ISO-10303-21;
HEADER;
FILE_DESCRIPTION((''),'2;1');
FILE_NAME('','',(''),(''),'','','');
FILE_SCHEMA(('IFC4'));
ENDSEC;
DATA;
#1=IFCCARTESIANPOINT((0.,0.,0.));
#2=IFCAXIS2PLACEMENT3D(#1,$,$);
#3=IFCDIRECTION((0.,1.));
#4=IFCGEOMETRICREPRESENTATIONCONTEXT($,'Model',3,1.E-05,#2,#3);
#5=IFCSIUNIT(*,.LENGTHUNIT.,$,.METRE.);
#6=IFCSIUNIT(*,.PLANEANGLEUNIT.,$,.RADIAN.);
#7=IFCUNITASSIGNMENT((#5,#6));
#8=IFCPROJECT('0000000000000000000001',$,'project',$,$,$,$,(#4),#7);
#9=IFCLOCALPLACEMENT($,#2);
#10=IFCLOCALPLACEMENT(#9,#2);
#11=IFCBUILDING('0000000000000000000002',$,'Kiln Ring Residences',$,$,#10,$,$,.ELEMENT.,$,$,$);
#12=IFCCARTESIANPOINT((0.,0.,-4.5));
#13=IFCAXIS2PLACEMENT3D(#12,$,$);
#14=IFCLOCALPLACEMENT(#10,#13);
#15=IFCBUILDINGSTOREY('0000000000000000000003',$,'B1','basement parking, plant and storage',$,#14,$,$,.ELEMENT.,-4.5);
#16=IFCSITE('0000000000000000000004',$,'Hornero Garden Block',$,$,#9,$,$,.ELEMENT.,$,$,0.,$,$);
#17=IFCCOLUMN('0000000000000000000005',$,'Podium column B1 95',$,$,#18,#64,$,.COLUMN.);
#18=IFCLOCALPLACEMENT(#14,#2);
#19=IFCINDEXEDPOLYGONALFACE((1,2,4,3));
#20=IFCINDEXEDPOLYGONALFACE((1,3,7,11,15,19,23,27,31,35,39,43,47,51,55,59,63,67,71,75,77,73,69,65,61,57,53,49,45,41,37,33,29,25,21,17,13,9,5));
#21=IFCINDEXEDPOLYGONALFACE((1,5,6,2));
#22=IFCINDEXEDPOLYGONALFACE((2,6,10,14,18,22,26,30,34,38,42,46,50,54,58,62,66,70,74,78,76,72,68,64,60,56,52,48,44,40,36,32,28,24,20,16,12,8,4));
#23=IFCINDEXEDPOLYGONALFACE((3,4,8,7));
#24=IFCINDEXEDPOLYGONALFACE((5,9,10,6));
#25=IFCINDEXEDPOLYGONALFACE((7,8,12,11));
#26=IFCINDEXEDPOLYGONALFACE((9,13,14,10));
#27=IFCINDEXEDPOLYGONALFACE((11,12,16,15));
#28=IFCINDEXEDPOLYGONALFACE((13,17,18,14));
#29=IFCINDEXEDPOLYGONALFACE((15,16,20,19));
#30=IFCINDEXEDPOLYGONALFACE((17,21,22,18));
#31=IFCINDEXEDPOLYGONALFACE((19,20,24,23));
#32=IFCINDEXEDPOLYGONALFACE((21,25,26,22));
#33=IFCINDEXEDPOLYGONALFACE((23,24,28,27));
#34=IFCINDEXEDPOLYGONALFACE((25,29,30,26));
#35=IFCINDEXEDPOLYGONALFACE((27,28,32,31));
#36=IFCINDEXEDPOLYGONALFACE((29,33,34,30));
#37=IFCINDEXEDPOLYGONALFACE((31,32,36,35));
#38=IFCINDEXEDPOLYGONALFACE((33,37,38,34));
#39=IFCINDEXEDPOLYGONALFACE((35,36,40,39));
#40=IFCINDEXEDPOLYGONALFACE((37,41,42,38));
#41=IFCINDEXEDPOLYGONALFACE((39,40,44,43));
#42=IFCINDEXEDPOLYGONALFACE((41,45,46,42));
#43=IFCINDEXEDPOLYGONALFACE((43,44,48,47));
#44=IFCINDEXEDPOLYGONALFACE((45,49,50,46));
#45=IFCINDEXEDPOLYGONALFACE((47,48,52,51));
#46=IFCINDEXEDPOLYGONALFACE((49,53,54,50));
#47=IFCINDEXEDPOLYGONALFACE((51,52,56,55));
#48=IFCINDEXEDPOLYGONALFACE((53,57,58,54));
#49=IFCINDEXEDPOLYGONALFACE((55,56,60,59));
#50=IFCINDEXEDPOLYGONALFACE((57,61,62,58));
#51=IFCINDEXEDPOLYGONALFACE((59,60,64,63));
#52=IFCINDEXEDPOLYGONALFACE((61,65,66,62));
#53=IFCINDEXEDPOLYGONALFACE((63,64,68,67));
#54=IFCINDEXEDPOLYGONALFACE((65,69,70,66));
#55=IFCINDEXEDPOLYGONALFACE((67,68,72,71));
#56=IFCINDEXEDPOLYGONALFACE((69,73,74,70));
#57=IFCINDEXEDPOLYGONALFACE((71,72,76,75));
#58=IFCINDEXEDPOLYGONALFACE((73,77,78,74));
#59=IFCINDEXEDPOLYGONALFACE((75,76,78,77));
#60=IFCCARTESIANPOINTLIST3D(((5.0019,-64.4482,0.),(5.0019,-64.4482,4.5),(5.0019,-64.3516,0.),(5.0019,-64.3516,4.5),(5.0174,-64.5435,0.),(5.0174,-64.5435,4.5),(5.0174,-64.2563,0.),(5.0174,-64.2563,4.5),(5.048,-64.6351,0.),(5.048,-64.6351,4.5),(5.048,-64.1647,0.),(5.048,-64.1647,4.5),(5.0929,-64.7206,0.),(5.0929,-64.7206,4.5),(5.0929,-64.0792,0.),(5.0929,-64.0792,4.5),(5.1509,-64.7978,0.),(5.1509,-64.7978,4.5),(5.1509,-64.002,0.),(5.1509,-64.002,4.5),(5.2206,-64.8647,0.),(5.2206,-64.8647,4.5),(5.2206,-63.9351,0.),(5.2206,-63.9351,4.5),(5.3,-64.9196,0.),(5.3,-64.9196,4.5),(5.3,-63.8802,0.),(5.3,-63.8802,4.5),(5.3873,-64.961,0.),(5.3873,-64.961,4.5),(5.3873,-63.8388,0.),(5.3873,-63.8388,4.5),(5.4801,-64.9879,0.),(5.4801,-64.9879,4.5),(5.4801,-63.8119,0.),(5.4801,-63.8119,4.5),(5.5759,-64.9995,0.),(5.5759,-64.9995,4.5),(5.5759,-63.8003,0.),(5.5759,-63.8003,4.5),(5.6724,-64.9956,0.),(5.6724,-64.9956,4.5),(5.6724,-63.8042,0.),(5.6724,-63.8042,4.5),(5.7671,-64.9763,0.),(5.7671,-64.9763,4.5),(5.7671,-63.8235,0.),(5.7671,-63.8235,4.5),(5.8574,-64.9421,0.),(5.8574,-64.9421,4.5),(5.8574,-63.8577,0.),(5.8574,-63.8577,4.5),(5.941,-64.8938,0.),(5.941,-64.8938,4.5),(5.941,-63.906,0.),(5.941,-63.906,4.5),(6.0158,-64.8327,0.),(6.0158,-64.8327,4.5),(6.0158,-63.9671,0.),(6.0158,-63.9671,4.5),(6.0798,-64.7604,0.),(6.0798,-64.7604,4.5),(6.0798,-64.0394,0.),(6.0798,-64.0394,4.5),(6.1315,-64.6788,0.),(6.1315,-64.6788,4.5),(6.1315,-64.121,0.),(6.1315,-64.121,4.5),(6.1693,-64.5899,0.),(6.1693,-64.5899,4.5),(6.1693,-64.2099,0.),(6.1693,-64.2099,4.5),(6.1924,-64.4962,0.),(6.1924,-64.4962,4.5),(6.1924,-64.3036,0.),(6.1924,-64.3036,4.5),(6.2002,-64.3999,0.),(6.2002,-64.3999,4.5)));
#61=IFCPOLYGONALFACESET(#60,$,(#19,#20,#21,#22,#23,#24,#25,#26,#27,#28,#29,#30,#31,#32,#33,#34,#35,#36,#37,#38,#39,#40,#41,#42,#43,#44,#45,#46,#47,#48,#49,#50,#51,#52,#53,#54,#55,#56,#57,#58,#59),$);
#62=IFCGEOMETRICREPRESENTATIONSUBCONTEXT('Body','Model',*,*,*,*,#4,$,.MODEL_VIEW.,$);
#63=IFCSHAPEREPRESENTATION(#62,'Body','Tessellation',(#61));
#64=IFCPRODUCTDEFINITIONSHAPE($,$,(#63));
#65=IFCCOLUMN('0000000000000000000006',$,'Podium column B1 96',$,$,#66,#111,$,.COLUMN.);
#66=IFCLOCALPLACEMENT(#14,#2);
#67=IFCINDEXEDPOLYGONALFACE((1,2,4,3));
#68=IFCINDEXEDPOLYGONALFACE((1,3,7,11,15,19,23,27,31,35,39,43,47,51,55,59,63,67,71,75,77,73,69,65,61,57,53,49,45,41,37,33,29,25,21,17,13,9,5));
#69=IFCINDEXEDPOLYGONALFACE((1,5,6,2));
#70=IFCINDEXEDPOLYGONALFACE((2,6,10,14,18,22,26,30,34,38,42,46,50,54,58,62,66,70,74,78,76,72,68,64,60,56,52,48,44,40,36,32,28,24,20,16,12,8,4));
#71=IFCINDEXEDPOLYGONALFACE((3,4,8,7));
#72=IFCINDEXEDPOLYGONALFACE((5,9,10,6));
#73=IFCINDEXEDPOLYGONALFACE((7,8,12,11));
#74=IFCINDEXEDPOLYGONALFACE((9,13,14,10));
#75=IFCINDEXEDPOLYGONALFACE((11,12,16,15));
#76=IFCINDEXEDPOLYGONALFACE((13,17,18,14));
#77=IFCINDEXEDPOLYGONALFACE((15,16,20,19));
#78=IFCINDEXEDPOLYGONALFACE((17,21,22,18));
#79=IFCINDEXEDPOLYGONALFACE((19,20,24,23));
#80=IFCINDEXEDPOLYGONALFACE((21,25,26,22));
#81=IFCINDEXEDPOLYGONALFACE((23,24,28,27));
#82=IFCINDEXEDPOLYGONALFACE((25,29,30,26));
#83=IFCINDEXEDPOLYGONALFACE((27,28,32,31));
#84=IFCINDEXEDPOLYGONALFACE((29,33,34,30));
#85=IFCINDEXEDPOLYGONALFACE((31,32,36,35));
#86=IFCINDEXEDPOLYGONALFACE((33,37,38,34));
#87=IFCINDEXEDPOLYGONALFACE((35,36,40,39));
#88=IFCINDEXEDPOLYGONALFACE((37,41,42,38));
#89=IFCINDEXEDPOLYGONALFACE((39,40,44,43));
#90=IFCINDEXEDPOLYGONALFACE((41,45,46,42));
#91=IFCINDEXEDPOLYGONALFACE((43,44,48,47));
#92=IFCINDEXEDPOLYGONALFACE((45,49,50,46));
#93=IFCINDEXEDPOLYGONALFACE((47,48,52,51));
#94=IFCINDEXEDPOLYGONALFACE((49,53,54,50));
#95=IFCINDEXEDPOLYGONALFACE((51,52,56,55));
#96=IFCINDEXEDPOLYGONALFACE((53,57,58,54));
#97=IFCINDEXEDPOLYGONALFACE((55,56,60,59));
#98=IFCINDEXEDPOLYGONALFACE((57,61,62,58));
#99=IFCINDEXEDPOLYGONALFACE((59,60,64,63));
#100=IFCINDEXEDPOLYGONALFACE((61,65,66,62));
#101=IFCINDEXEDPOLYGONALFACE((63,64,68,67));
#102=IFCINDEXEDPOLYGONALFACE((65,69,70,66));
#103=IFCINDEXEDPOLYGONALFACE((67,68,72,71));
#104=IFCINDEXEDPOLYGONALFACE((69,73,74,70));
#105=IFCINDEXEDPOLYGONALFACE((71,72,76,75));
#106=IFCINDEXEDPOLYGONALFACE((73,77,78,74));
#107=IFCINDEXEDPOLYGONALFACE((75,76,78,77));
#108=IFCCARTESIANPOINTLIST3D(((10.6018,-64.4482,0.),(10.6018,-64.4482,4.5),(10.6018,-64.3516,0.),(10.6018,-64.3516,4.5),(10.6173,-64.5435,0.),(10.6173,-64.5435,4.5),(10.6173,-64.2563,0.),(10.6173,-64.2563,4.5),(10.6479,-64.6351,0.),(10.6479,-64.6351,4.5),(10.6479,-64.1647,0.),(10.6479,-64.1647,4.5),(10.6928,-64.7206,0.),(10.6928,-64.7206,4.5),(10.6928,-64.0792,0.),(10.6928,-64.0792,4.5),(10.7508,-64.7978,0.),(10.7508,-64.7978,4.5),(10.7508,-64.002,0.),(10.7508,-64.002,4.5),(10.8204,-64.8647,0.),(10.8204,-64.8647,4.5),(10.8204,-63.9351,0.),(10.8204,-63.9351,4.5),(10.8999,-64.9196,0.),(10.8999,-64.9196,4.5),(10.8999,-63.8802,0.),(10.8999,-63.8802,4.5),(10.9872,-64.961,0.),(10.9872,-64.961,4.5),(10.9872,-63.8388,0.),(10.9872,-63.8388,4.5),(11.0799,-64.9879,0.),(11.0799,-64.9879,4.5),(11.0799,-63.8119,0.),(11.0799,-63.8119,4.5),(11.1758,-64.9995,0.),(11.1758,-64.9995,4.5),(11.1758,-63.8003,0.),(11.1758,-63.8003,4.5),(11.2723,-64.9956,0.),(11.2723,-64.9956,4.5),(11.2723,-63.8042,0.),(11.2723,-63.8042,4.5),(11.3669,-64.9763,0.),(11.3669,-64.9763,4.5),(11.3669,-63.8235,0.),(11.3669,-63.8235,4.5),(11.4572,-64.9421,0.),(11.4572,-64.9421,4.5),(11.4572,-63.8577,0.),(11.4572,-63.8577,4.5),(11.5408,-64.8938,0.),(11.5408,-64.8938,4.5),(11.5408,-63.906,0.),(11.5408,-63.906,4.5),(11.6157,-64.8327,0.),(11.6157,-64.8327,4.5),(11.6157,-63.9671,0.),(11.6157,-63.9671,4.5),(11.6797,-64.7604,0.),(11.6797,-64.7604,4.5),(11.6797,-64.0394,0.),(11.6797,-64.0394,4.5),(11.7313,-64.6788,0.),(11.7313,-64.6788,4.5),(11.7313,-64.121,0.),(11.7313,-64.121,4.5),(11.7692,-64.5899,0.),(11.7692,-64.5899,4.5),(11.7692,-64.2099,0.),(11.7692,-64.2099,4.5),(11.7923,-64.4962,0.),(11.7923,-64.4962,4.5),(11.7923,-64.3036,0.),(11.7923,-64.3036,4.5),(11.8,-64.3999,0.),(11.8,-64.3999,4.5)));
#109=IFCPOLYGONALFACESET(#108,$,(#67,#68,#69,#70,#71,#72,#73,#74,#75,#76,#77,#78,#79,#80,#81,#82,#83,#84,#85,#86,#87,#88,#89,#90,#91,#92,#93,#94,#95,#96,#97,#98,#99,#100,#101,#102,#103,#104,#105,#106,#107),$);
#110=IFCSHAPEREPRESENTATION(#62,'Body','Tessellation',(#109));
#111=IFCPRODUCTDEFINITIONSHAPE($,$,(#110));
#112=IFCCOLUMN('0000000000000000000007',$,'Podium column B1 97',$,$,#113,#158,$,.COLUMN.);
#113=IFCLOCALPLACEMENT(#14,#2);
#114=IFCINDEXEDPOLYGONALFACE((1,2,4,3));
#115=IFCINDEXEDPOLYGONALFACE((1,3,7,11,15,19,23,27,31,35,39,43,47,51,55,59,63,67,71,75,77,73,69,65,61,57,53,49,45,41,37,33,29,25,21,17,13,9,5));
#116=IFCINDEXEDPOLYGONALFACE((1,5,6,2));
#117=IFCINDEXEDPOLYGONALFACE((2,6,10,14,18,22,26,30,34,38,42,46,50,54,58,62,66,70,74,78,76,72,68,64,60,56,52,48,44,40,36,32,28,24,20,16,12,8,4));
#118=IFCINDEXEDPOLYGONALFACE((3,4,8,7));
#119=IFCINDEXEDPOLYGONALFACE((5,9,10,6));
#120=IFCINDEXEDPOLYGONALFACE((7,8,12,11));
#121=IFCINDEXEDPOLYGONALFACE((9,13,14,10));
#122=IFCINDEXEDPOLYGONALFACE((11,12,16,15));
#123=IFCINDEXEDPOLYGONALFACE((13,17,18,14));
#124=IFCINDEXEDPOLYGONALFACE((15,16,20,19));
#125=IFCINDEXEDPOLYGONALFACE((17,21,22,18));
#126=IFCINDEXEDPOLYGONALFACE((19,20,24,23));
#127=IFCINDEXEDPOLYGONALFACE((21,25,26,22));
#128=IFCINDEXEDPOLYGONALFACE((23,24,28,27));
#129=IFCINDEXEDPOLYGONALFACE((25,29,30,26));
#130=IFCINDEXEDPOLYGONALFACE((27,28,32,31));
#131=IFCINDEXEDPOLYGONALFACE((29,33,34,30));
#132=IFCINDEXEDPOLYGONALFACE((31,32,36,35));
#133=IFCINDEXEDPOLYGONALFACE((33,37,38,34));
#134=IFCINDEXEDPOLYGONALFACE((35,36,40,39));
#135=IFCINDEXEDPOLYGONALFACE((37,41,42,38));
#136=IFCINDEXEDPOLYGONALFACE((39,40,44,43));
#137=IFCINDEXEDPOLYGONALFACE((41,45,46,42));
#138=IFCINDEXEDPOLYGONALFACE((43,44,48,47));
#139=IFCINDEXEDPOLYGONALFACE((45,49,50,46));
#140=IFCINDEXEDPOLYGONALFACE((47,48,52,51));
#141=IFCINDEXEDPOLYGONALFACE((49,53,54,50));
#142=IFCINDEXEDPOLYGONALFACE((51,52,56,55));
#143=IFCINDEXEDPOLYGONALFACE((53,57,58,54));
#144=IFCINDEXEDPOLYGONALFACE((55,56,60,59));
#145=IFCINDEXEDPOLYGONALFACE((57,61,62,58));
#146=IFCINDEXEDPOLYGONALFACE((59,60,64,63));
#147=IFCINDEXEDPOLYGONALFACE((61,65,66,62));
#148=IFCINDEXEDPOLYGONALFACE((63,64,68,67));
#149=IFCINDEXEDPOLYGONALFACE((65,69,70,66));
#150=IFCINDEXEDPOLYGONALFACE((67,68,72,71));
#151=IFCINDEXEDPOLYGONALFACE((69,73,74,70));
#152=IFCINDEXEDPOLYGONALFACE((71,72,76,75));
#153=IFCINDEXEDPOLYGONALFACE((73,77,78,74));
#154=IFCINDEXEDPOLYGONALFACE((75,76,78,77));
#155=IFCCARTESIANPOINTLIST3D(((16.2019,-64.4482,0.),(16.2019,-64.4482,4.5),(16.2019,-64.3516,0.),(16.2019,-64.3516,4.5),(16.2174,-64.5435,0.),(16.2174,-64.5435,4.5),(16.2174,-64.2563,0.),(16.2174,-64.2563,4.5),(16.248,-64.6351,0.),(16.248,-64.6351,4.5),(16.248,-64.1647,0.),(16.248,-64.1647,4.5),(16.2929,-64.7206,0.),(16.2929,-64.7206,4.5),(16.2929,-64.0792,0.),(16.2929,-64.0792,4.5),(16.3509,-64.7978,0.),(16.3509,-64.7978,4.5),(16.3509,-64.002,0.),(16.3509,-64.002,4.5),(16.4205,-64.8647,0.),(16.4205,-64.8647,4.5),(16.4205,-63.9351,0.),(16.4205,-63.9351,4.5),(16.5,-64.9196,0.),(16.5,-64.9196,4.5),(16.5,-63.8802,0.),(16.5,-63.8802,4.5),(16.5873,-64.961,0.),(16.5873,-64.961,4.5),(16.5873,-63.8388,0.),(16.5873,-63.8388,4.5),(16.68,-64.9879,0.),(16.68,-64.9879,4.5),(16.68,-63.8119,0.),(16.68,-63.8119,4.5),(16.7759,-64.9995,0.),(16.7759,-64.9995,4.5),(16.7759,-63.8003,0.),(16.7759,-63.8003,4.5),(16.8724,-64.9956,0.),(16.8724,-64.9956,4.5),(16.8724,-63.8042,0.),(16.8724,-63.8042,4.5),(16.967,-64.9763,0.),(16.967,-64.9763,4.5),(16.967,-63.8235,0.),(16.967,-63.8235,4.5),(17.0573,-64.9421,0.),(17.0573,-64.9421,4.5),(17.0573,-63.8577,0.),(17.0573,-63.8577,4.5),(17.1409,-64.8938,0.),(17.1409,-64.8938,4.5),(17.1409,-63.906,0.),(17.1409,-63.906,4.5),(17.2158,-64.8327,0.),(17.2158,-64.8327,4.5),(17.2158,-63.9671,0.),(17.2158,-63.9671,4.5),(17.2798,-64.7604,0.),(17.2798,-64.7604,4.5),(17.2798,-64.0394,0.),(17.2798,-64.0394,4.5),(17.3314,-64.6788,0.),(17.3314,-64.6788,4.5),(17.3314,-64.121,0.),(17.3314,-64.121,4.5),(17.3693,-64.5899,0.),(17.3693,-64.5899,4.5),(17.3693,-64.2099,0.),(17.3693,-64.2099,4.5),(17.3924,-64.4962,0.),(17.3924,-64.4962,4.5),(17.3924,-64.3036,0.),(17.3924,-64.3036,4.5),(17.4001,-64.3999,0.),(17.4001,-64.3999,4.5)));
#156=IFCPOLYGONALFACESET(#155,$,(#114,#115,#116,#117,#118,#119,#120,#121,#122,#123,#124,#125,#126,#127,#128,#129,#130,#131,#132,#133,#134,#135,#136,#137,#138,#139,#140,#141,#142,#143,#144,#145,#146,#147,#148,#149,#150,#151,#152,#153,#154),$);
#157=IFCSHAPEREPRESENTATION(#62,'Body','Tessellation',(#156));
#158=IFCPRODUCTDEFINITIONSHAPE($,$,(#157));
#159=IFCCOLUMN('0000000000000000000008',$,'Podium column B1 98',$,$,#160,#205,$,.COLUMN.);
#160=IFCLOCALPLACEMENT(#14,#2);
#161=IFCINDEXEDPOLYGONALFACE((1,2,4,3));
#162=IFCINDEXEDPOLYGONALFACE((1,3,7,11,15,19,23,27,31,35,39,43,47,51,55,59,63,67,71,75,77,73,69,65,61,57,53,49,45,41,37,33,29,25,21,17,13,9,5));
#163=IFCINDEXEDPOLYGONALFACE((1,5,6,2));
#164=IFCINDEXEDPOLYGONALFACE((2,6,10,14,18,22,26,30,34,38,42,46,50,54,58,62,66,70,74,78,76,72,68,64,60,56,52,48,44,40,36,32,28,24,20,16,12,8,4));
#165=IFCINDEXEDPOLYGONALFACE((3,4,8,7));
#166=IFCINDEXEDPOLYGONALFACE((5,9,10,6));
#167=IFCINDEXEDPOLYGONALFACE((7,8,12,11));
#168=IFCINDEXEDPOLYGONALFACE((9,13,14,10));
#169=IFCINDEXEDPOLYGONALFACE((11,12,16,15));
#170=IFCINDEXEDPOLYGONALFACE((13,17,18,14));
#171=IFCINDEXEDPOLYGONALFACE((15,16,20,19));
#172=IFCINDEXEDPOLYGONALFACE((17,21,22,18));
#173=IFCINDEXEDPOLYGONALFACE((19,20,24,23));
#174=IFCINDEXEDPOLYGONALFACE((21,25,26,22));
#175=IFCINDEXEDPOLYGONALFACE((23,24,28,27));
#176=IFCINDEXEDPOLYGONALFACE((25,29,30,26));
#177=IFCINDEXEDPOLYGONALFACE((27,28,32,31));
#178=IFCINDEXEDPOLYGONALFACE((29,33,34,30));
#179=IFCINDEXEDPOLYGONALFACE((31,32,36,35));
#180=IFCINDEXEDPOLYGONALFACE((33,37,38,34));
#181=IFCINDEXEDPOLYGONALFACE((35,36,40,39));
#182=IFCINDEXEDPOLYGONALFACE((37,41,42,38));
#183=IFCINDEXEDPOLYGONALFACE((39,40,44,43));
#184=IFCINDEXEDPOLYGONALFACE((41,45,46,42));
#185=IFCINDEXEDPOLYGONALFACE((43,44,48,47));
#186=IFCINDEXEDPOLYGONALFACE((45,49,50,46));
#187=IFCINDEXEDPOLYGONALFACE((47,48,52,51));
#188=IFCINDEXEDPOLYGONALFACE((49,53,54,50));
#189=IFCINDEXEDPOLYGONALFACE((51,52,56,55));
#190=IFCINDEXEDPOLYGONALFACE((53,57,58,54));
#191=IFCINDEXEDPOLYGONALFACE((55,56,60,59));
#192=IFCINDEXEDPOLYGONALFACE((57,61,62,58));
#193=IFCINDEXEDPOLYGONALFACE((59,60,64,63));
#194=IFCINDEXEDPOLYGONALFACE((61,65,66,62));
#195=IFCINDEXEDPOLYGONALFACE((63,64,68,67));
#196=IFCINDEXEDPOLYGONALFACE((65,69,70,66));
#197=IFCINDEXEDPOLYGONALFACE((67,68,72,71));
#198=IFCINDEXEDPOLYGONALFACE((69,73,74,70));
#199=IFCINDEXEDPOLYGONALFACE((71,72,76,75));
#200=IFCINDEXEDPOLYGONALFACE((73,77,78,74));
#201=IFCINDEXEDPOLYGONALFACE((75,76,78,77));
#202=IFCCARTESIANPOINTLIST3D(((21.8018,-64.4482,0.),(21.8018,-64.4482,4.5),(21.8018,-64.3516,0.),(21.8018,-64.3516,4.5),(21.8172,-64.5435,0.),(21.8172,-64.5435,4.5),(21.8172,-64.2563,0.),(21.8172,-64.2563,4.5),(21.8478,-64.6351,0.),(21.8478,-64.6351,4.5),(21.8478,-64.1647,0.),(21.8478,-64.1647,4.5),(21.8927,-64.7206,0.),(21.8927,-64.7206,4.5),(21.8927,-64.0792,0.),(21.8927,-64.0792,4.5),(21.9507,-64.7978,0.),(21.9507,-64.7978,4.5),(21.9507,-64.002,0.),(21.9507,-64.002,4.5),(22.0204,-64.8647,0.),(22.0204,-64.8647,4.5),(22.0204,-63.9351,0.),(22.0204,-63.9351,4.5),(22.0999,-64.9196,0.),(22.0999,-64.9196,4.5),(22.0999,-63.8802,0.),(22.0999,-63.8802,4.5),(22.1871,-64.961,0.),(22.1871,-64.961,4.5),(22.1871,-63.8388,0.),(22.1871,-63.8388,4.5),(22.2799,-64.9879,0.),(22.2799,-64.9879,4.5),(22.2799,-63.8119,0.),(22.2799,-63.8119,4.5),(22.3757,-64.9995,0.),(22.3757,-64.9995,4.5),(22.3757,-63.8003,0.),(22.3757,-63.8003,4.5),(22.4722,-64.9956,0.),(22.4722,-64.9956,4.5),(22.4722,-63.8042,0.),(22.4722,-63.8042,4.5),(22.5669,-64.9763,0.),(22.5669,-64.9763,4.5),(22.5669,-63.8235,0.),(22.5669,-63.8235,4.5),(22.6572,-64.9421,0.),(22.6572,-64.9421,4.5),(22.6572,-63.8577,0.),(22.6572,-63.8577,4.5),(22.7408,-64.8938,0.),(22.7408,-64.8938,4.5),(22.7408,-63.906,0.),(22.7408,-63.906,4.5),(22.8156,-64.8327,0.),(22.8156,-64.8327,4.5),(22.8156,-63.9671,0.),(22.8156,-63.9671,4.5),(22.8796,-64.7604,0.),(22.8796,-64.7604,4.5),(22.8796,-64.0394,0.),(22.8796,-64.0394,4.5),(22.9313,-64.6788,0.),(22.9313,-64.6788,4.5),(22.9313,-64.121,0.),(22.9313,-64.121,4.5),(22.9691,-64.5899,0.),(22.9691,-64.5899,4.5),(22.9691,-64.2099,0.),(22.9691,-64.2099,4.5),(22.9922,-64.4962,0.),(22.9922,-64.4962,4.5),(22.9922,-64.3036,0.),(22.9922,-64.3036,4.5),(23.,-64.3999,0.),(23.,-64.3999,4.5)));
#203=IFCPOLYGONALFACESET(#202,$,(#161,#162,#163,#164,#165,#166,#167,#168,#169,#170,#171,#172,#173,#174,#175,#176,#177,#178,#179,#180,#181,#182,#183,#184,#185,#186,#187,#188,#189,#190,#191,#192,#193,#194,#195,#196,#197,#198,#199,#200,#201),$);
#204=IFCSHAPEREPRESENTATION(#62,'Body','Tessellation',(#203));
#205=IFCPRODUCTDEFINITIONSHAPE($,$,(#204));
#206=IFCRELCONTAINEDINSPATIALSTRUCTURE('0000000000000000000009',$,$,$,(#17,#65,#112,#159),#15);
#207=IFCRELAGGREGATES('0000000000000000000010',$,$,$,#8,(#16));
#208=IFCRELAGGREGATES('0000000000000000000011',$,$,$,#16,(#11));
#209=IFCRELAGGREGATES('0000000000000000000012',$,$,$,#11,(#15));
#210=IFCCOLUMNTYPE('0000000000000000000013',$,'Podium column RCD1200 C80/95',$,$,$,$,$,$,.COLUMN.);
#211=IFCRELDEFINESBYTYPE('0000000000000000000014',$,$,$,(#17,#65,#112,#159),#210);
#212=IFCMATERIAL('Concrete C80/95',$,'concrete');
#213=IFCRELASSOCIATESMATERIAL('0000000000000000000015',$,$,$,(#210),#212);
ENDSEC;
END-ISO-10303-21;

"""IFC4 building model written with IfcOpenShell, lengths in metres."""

from ifc_helpers import new_model, si_unit, direction, frame, origin, origin_2d, place, context, subcontext, project, spatial, circle, extrude, material, material_profile, profile_set, type_object, element, save


model = new_model("IFC4")

# Units and contexts
model_context = context("Model", 3, precision=1e-05, world=origin(), true_north=direction((0.0, 1.0)))
body_context = subcontext(model_context, "Body", "Model", "MODEL_VIEW")
ifc_project = project(units=[si_unit("LENGTHUNIT", "METRE"), si_unit("PLANEANGLEUNIT", "RADIAN")], contexts=[model_context])

# Site, building, storey
site_placement = place(None, origin())
site = spatial("IfcSite", under=ifc_project, at=site_placement, Name="Hornero Garden Block", CompositionType="ELEMENT", RefElevation=0.0)
building_placement = place(site_placement, origin())
building = spatial("IfcBuilding", under=site, at=building_placement, Name="Kiln Ring Residences", CompositionType="ELEMENT")
storey_placement = place(building_placement, frame((0.0, 0.0, -4.5)))
storey = spatial("IfcBuildingStorey", under=building, at=storey_placement, Name="B1", Description="basement parking, plant and storage", CompositionType="ELEMENT", Elevation=-4.5)

# Columns
ifc_material_1 = material(Name="Concrete C80/95", Category="concrete")
ifc_material_profile_1 = material_profile(ifc_material_1, circle(Radius=0.6001, at=origin_2d()), Name="RCD1200")
ifc_profile_set_1 = profile_set([ifc_material_profile_1], Name="Concrete C80/95")
column_type = type_object("IfcColumnType", Name="Podium column RCD1200 C80/95", PredefinedType="COLUMN", material=ifc_profile_set_1)
for number, where, z_axis, x_axis, name in (
    (1, (5.6001, -64.3999, 0.0), (0.0, 0.0, 1.0), (1.0, 0.0, 0.0), "Podium column B1 95"),
    (2, (11.2, -64.3999, 0.0), (0.0, 0.0, 1.0), (1.0, 0.0, 0.0), "Podium column B1 96"),
    (3, (16.8, -64.3999, 0.0), (0.0, 0.0, 1.0), (1.0, 0.0, 0.0), "Podium column B1 97"),
    (4, (22.3999, -64.3999, 0.0), (0.0, 0.0, 1.0), (1.0, 0.0, 0.0), "Podium column B1 98"),
):
    element("IfcColumn", number, at=place(storey_placement, frame(where, z_axis=z_axis, x_axis=x_axis)), inside=storey, type_object=column_type, Name=name, PredefinedType="COLUMN", context=body_context, shape_type="SweptSolid", body=[
        extrude(circle(Radius=0.6001, at=origin_2d()), origin(), (0.0, 0.0, 1.0), 4.5),
    ])

save(model, "model.ifc")
